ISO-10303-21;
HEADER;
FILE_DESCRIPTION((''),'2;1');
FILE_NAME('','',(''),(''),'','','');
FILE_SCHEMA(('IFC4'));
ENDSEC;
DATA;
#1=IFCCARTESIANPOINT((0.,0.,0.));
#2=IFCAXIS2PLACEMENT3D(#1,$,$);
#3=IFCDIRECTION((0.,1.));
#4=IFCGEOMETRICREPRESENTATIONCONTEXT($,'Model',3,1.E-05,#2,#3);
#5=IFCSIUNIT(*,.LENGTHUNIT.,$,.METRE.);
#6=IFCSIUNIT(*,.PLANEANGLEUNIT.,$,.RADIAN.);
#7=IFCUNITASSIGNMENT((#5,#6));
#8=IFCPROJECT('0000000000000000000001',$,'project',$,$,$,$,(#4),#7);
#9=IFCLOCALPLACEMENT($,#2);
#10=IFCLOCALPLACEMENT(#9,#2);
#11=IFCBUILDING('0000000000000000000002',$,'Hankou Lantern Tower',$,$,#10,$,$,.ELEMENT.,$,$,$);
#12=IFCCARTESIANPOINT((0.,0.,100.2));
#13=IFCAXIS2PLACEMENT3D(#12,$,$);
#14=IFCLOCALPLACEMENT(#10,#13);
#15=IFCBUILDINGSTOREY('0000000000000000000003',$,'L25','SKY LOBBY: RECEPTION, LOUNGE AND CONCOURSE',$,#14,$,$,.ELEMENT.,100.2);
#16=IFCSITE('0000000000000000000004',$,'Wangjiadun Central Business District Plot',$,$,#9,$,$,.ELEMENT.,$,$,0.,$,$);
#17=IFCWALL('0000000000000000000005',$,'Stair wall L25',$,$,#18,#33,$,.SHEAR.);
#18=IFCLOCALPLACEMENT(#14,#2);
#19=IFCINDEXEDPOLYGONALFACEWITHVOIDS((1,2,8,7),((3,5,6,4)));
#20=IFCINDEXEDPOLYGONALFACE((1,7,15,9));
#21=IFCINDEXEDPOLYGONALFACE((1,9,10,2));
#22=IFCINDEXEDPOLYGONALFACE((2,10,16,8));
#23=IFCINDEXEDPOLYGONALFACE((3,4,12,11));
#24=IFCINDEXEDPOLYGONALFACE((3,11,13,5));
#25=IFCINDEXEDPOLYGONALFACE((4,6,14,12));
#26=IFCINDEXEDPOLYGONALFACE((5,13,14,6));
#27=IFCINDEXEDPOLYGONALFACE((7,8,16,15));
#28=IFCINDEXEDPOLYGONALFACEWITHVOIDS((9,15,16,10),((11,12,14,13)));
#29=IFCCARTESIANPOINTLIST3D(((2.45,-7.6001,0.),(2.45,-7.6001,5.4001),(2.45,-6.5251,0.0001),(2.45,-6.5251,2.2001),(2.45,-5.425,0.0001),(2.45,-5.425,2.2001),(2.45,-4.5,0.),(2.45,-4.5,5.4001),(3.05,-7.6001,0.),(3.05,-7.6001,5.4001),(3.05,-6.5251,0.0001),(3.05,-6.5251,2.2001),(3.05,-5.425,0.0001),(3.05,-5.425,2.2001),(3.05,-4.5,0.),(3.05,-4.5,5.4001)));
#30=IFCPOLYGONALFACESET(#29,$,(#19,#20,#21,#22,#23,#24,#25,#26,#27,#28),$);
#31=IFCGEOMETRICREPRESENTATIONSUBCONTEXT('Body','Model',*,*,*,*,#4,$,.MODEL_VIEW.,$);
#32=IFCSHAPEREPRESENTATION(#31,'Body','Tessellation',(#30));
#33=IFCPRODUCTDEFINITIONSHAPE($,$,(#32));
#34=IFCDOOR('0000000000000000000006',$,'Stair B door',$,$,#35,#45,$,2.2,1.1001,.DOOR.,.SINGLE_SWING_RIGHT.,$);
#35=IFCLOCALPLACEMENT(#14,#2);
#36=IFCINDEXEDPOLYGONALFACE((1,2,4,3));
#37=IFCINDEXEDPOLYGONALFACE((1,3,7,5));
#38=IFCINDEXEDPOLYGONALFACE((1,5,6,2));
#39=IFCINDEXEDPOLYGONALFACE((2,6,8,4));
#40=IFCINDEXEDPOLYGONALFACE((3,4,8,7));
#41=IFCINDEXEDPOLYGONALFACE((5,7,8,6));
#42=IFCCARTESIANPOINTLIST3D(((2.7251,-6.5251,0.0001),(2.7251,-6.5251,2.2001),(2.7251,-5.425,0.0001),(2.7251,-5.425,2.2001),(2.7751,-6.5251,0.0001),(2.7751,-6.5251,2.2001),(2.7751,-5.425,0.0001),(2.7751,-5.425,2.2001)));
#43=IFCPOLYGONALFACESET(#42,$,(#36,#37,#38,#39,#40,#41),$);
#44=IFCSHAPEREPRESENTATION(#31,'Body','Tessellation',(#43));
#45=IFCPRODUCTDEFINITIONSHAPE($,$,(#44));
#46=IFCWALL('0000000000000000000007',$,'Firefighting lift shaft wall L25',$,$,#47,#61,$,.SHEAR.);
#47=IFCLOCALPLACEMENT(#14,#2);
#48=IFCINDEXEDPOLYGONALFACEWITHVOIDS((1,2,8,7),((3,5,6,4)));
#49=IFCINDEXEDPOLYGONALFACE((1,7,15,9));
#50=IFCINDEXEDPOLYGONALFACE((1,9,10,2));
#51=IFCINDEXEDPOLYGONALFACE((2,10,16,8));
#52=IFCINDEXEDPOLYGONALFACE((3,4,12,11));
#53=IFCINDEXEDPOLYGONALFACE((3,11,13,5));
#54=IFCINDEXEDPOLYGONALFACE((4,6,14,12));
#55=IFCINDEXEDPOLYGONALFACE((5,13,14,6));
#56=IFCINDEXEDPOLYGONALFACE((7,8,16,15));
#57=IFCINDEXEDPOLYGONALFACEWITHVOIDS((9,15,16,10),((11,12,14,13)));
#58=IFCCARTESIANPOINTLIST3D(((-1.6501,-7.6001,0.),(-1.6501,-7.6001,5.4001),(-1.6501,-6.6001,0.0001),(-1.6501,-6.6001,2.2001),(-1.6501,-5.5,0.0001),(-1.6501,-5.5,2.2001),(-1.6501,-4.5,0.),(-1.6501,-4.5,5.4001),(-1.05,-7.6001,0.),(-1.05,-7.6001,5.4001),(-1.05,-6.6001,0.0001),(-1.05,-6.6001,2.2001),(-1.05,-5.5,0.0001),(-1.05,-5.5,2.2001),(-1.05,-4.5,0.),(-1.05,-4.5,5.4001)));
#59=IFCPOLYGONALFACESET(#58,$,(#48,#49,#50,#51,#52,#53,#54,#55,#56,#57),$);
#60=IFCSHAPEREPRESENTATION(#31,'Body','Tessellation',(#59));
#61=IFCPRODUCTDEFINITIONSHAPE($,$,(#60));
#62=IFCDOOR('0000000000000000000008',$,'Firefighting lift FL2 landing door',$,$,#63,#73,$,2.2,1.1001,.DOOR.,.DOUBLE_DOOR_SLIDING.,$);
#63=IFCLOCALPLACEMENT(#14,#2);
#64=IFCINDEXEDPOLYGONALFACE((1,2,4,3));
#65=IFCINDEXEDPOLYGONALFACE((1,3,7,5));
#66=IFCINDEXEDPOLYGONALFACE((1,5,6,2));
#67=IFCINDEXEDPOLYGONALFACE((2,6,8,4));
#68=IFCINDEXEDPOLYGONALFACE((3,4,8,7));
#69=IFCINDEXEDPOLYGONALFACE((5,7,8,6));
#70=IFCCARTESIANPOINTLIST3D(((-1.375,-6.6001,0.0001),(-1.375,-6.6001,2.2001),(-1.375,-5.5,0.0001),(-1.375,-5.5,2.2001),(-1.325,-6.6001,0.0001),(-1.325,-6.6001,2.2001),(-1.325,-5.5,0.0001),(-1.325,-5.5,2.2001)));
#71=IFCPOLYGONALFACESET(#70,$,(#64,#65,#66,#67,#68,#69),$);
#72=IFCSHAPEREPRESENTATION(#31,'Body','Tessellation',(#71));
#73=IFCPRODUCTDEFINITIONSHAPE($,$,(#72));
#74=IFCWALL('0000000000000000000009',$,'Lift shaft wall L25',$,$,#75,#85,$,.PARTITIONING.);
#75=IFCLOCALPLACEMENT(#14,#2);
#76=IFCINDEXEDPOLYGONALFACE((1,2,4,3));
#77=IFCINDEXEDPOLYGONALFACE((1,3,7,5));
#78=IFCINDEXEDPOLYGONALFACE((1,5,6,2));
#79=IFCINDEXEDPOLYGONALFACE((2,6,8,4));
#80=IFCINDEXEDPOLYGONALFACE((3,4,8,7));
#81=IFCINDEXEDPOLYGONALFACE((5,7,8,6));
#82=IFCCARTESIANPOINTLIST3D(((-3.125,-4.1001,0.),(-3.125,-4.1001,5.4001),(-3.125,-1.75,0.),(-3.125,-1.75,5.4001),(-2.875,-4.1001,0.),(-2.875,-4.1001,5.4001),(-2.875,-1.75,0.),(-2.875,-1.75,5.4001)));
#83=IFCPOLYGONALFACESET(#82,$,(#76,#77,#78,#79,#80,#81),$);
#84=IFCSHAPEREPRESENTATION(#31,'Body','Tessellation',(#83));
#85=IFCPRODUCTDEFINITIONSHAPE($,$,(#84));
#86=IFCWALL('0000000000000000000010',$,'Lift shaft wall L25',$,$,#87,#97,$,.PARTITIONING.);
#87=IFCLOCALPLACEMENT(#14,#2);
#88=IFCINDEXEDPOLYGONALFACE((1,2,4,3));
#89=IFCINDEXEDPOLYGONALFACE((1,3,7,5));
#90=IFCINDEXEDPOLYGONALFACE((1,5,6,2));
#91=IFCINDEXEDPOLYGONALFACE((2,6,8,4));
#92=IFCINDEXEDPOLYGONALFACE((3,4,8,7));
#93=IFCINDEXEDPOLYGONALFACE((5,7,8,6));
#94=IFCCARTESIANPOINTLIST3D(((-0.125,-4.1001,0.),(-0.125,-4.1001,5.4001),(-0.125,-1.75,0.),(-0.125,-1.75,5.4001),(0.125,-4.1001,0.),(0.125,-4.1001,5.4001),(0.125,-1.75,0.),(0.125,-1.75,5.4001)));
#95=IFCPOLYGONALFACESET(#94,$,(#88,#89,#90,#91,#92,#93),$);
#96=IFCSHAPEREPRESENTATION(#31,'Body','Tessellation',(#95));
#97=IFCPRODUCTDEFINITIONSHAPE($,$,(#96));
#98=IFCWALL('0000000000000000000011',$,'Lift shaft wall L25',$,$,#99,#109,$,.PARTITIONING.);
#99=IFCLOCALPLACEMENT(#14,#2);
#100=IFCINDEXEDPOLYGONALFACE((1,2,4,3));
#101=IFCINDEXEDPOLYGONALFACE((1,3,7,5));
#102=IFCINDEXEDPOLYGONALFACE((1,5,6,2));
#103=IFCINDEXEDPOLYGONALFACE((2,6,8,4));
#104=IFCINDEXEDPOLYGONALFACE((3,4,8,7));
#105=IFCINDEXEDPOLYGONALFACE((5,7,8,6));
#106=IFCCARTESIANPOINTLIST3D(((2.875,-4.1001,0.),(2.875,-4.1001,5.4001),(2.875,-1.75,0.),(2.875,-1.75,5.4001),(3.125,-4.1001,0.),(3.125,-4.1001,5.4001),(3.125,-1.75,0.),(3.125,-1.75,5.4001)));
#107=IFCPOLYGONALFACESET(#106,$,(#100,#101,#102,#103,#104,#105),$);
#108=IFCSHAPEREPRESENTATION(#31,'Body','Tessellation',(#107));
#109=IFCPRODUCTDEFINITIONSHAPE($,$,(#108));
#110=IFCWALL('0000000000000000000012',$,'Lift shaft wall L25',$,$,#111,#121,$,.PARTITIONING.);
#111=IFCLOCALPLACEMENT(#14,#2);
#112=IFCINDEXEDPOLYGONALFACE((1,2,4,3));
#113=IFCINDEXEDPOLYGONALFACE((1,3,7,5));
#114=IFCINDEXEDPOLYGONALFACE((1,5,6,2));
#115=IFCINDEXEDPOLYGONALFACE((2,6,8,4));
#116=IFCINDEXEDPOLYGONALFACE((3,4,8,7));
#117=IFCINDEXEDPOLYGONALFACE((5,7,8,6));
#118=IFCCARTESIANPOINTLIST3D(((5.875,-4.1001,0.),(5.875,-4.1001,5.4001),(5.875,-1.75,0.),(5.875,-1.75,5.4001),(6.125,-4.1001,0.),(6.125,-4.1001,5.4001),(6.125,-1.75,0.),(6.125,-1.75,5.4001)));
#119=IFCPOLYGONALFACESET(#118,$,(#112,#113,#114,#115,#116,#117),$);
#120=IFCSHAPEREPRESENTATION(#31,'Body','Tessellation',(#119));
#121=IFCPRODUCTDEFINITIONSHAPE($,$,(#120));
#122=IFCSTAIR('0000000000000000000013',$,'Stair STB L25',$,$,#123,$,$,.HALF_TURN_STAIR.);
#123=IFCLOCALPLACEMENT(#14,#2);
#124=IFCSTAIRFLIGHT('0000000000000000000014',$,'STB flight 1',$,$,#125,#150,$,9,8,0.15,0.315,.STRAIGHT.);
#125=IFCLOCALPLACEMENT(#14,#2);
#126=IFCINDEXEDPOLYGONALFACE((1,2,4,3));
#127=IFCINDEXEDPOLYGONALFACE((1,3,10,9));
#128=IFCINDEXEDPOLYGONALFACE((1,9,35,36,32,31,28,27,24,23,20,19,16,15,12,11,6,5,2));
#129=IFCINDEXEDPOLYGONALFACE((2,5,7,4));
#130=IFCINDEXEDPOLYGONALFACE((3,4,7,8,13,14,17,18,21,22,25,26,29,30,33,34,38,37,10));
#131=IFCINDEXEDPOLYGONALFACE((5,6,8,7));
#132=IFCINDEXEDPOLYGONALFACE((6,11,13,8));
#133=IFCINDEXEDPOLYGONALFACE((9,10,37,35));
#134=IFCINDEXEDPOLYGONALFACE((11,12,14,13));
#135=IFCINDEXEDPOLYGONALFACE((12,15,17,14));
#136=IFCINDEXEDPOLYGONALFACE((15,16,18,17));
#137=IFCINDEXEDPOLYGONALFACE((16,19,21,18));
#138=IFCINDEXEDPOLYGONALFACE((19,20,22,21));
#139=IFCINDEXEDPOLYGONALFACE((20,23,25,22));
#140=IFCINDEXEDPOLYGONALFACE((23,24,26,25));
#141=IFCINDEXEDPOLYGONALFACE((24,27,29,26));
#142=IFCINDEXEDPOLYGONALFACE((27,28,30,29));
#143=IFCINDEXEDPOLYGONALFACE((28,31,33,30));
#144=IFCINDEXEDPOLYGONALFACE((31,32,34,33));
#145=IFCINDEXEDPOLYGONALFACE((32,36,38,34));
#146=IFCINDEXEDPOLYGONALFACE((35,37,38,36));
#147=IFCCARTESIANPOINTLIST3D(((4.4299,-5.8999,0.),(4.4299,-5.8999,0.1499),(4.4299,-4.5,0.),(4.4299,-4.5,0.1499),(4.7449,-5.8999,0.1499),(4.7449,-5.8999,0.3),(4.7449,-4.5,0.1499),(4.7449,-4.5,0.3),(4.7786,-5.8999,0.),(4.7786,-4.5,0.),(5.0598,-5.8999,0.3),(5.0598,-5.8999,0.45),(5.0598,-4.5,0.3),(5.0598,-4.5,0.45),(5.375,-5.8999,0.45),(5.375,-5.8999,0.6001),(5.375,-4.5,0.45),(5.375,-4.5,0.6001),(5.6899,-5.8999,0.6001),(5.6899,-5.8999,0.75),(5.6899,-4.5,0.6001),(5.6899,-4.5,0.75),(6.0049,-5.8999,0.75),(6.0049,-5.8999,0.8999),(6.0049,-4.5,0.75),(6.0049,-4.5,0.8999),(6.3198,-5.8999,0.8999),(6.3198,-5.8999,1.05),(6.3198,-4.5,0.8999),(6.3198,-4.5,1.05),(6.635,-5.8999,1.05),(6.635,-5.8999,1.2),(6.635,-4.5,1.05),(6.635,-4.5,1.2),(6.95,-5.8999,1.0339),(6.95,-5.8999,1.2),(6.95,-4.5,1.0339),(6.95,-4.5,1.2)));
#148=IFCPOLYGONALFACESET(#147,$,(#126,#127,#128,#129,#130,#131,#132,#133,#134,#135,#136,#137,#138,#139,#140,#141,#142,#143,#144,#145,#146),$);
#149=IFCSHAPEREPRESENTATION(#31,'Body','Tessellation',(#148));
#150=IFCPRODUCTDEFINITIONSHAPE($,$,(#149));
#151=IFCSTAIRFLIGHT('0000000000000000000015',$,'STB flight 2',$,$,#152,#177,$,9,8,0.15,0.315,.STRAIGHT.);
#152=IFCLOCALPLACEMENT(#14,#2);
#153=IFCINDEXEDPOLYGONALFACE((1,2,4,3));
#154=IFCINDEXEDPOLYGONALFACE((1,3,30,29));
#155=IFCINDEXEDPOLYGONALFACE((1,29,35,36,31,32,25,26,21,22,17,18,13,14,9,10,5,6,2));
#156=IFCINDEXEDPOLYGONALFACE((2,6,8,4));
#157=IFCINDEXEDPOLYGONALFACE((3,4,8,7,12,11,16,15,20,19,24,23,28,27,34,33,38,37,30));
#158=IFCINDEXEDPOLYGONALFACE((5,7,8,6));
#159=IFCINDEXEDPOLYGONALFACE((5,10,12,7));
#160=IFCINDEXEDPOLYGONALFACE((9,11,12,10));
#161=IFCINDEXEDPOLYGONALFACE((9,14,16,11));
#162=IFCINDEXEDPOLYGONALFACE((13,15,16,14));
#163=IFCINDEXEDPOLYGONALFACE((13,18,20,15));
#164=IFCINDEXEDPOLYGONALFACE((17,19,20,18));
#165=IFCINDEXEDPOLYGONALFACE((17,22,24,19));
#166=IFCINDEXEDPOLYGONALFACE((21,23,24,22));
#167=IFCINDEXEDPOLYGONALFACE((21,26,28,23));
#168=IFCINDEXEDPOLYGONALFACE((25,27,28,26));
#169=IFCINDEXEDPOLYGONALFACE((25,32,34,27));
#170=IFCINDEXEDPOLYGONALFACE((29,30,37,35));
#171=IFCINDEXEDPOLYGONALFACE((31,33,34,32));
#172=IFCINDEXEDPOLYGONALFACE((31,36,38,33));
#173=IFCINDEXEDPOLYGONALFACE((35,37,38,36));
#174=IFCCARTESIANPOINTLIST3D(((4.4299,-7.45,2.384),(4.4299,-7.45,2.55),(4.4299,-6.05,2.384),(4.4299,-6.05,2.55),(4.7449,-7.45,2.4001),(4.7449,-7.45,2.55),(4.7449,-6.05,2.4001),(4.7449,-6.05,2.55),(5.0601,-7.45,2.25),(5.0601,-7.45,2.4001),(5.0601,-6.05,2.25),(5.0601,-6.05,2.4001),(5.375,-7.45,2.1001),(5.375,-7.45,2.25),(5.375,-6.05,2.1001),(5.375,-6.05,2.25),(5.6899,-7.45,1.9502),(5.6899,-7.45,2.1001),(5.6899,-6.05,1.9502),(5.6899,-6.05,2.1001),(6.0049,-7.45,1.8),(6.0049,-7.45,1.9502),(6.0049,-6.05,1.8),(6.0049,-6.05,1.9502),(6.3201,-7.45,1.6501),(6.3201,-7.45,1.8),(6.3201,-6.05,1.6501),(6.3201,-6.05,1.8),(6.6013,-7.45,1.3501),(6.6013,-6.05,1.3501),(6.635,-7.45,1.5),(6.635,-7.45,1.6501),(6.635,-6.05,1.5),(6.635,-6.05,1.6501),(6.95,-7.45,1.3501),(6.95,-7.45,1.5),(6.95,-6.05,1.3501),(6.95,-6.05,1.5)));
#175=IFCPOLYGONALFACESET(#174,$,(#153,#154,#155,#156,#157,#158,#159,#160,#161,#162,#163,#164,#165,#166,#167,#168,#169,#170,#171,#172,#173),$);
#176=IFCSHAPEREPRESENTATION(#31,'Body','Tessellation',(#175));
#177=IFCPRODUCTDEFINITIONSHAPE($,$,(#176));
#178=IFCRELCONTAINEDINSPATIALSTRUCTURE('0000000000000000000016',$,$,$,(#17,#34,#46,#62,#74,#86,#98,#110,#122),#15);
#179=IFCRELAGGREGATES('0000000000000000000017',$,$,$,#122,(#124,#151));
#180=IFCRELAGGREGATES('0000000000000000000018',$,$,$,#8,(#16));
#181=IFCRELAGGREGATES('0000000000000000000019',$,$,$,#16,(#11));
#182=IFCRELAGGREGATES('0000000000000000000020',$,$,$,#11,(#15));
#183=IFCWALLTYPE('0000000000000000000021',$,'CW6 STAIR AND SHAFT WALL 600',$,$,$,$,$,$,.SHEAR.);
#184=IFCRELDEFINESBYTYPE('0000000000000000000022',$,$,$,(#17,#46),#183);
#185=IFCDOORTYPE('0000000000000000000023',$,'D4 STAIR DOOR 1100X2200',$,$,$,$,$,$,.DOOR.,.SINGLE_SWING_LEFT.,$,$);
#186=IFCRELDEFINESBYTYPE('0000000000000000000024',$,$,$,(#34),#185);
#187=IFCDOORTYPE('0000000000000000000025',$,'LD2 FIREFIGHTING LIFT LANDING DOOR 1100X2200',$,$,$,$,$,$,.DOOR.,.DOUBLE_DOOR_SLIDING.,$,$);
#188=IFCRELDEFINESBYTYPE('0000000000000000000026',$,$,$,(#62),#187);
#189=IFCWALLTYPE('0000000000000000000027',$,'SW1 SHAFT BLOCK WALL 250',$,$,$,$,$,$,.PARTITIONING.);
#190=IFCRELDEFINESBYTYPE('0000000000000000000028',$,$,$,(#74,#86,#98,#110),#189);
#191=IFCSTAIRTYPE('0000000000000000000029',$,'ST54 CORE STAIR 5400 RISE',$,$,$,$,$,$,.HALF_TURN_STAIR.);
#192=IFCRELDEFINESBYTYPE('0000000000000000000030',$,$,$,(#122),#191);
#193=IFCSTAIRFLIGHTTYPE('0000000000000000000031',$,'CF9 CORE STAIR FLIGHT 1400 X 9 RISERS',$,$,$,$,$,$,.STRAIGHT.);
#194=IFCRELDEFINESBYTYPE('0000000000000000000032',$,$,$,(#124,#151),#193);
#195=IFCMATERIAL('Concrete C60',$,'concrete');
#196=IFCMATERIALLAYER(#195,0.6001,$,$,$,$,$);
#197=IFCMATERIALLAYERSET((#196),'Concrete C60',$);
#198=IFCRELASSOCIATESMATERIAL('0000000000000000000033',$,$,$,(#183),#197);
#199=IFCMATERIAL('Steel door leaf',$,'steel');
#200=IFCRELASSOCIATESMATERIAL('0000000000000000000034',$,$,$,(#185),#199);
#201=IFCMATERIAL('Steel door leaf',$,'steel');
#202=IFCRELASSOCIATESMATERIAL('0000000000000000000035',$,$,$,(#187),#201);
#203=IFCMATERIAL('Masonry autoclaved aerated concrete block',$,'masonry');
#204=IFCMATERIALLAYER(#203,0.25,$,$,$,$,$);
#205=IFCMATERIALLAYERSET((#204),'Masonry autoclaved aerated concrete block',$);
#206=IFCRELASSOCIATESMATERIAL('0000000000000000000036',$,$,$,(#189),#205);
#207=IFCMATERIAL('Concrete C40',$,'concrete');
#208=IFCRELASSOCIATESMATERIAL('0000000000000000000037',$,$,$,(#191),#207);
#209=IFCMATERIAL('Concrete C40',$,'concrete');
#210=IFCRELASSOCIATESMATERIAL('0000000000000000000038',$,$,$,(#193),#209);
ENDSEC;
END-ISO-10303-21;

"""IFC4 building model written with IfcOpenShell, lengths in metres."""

from ifc_helpers import new_model, si_unit, direction, frame, frame_2d, origin, place, context, subcontext, project, spatial, polyline, rectangle, outline, extrude, material, layer, layer_set, type_object, element, fill, aggregate, save


model = new_model("IFC4")

# Units and contexts
model_context = context("Model", 3, precision=1e-05, world=origin(), true_north=direction((0.0, 1.0)))
body_context = subcontext(model_context, "Body", "Model", "MODEL_VIEW")
ifc_project = project(units=[si_unit("LENGTHUNIT", "METRE"), si_unit("PLANEANGLEUNIT", "RADIAN")], contexts=[model_context])

# Site, building, storey
site_placement = place(None, origin())
site = spatial("IfcSite", under=ifc_project, at=site_placement, Name="Wangjiadun Central Business District Plot", CompositionType="ELEMENT", RefElevation=0.0)
building_placement = place(site_placement, origin())
building = spatial("IfcBuilding", under=site, at=building_placement, Name="Hankou Lantern Tower", CompositionType="ELEMENT")
storey_placement = place(building_placement, frame((0.0, 0.0, 100.2)))
storey = spatial("IfcBuildingStorey", under=building, at=storey_placement, Name="L25", Description="SKY LOBBY: RECEPTION, LOUNGE AND CONCOURSE", CompositionType="ELEMENT", Elevation=100.2)

# Walls, openings, doors
ifc_material_1 = material(Name="Concrete C60", Category="concrete")
ifc_layer_1 = layer(ifc_material_1, 0.6001)
ifc_layer_set_1 = layer_set([ifc_layer_1], Name="Concrete C60")
wall_type_1 = type_object("IfcWallType", Name="CW6 STAIR AND SHAFT WALL 600", PredefinedType="SHEAR", material=ifc_layer_set_1)
wall_1_placement = place(storey_placement, frame((2.75, -7.6001, 0.0), z_axis=(0.0, 0.0, 1.0), x_axis=(0.0, 1.0, 0.0)))
wall_1 = element("IfcWall", 1, at=wall_1_placement, inside=storey, type_object=wall_type_1, Name="Stair wall L25", PredefinedType="SHEAR", context=body_context, shape_type="SweptSolid", body=[
    extrude(rectangle(XDim=3.1001, YDim=0.6001, at=frame_2d((1.55, 0.0))), origin(), (0.0, 0.0, 1.0), 5.4001),
])
opening_1_placement = place(wall_1_placement, frame((1.075, 0.0, 0.0)))
opening_1 = element("IfcOpeningElement", 2, at=opening_1_placement, cuts=wall_1, PredefinedType="OPENING", context=body_context, shape_type="SweptSolid", body=[
    extrude(rectangle(XDim=1.1001, YDim=2.2, at=frame_2d((0.55, 1.1001))), frame((0.0, 0.3101, 0.0), z_axis=(0.0, -1.0, 0.0), x_axis=(1.0, 0.0, 0.0)), (0.0, 0.0, 1.0), 0.6201),
])
ifc_material_2 = material(Name="Steel door leaf", Category="steel")
door_type_1 = type_object("IfcDoorType", Name="D4 STAIR DOOR 1100X2200", OperationType="SINGLE_SWING_LEFT", PredefinedType="DOOR", material=ifc_material_2)
door_1_placement = place(opening_1_placement, origin())
door_1 = element("IfcDoor", 3, at=door_1_placement, inside=storey, type_object=door_type_1, Name="Stair B door", OperationType="SINGLE_SWING_RIGHT", OverallHeight=2.2, OverallWidth=1.1001, PredefinedType="DOOR", context=body_context, shape_type="SweptSolid", body=[
    extrude(rectangle(XDim=1.1001, YDim=2.2, at=frame_2d((0.55, 1.1001))), frame((0.0, 0.0249, 0.0), z_axis=(0.0, -1.0, 0.0), x_axis=(1.0, 0.0, 0.0)), (0.0, 0.0, 1.0), 0.05),
])
fill(opening_1, door_1)
wall_2_placement = place(storey_placement, frame((-1.3501, -7.6001, 0.0), z_axis=(0.0, 0.0, 1.0), x_axis=(0.0, 1.0, 0.0)))
wall_2 = element("IfcWall", 4, at=wall_2_placement, inside=storey, type_object=wall_type_1, Name="Firefighting lift shaft wall L25", PredefinedType="SHEAR", context=body_context, shape_type="SweptSolid", body=[
    extrude(rectangle(XDim=3.1001, YDim=0.6001, at=frame_2d((1.55, 0.0))), origin(), (0.0, 0.0, 1.0), 5.4001),
])
opening_2_placement = place(wall_2_placement, frame((1.0, 0.0, 0.0)))
opening_2 = element("IfcOpeningElement", 5, at=opening_2_placement, cuts=wall_2, PredefinedType="OPENING", context=body_context, shape_type="SweptSolid", body=[
    extrude(rectangle(XDim=1.1001, YDim=2.2, at=frame_2d((0.55, 1.1001))), frame((0.0, 0.3101, 0.0), z_axis=(0.0, -1.0, 0.0), x_axis=(1.0, 0.0, 0.0)), (0.0, 0.0, 1.0), 0.6201),
])
ifc_material_3 = material(Name="Steel door leaf", Category="steel")
door_type_2 = type_object("IfcDoorType", Name="LD2 FIREFIGHTING LIFT LANDING DOOR 1100X2200", OperationType="DOUBLE_DOOR_SLIDING", PredefinedType="DOOR", material=ifc_material_3)
door_2_placement = place(opening_2_placement, origin())
door_2 = element("IfcDoor", 6, at=door_2_placement, inside=storey, type_object=door_type_2, Name="Firefighting lift FL2 landing door", OperationType="DOUBLE_DOOR_SLIDING", OverallHeight=2.2, OverallWidth=1.1001, PredefinedType="DOOR", context=body_context, shape_type="SweptSolid", body=[
    extrude(rectangle(XDim=1.1001, YDim=2.2, at=frame_2d((0.55, 1.1001))), frame((0.0, 0.0249, 0.0), z_axis=(0.0, -1.0, 0.0), x_axis=(1.0, 0.0, 0.0)), (0.0, 0.0, 1.0), 0.05),
])
fill(opening_2, door_2)

# Walls
ifc_material_4 = material(Name="Masonry autoclaved aerated concrete block", Category="masonry")
ifc_layer_2 = layer(ifc_material_4, 0.25)
ifc_layer_set_2 = layer_set([ifc_layer_2], Name="Masonry autoclaved aerated concrete block")
wall_type_2 = type_object("IfcWallType", Name="SW1 SHAFT BLOCK WALL 250", PredefinedType="PARTITIONING", material=ifc_layer_set_2)
for number, where, z_axis, x_axis, name in (
    (7, (-3.0, -4.1001, 0.0), (0.0, 0.0, 1.0), (0.0, 1.0, 0.0), "Lift shaft wall L25"),
    (8, (0.0, -4.1001, 0.0), (0.0, 0.0, 1.0), (0.0, 1.0, 0.0), "Lift shaft wall L25"),
    (9, (3.0, -4.1001, 0.0), (0.0, 0.0, 1.0), (0.0, 1.0, 0.0), "Lift shaft wall L25"),
    (10, (6.0, -4.1001, 0.0), (0.0, 0.0, 1.0), (0.0, 1.0, 0.0), "Lift shaft wall L25"),
):
    element("IfcWall", number, at=place(storey_placement, frame(where, z_axis=z_axis, x_axis=x_axis)), inside=storey, type_object=wall_type_2, Name=name, PredefinedType="PARTITIONING", context=body_context, shape_type="SweptSolid", body=[
        extrude(rectangle(XDim=2.3501, YDim=0.25, at=frame_2d((1.175, 0.0))), origin(), (0.0, 0.0, 1.0), 5.4001),
    ])

# Stair, stair flights
ifc_material_5 = material(Name="Concrete C40", Category="concrete")
stair_type = type_object("IfcStairType", Name="ST54 CORE STAIR 5400 RISE", PredefinedType="HALF_TURN_STAIR", material=ifc_material_5)
stair_placement = place(storey_placement, origin())
stair = element("IfcStair", 11, at=stair_placement, inside=storey, type_object=stair_type, Name="Stair STB L25", PredefinedType="HALF_TURN_STAIR")
ifc_material_6 = material(Name="Concrete C40", Category="concrete")
stair_flight_type = type_object("IfcStairFlightType", Name="CF9 CORE STAIR FLIGHT 1400 X 9 RISERS", PredefinedType="STRAIGHT", material=ifc_material_6)
stair_flight_1_placement = place(storey_placement, frame((4.4299, -5.2, 0.0), z_axis=(0.0, 0.0, 1.0), x_axis=(1.0, 0.0, 0.0)))
stair_flight_1 = element("IfcStairFlight", 12, at=stair_flight_1_placement, type_object=stair_flight_type, Name="STB flight 1", NumberOfRisers=9, NumberOfTreads=8, PredefinedType="STRAIGHT", RiserHeight=0.15, TreadLength=0.315, context=body_context, shape_type="SweptSolid", body=[
    extrude(outline(polyline([(0.0, 0.0), (0.0, 0.1499), (0.3149, 0.1499), (0.3149, 0.3), (0.6299, 0.3), (0.6299, 0.45), (0.9451, 0.45), (0.9451, 0.6001), (1.26, 0.6001), (1.26, 0.75), (1.575, 0.75), (1.575, 0.8999), (1.8899, 0.8999), (1.8899, 1.05), (2.2051, 1.05), (2.2051, 1.2), (2.52, 1.2), (2.52, 1.3501), (2.52, 1.0339), (0.3486, 0.0), (0.0, 0.0)])), frame((0.0, 0.7, 0.0), z_axis=(0.0, -1.0, 0.0), x_axis=(1.0, 0.0, 0.0)), (0.0, 0.0, 1.0), 1.3999),
])
stair_flight_2_placement = place(storey_placement, frame((6.95, -6.75, 1.3501), z_axis=(0.0, 0.0, 1.0), x_axis=(-1.0, 0.0, 0.0)))
stair_flight_2 = element("IfcStairFlight", 13, at=stair_flight_2_placement, type_object=stair_flight_type, Name="STB flight 2", NumberOfRisers=9, NumberOfTreads=8, PredefinedType="STRAIGHT", RiserHeight=0.15, TreadLength=0.315, context=body_context, shape_type="SweptSolid", body=[
    extrude(outline(polyline([(0.0, 0.0), (0.0, 0.1499), (0.3149, 0.1499), (0.3149, 0.3), (0.6299, 0.3), (0.6299, 0.45), (0.9451, 0.45), (0.9451, 0.6001), (1.26, 0.6001), (1.26, 0.75), (1.575, 0.75), (1.575, 0.8999), (1.8899, 0.8999), (1.8899, 1.05), (2.2051, 1.05), (2.2051, 1.2), (2.52, 1.2), (2.52, 1.3501), (2.52, 1.0339), (0.3486, 0.0), (0.0, 0.0)])), frame((0.0, 0.7, 0.0), z_axis=(0.0, -1.0, 0.0), x_axis=(1.0, 0.0, 0.0)), (0.0, 0.0, 1.0), 1.3999),
])
aggregate(stair, [stair_flight_1, stair_flight_2])

save(model, "model.ifc")
